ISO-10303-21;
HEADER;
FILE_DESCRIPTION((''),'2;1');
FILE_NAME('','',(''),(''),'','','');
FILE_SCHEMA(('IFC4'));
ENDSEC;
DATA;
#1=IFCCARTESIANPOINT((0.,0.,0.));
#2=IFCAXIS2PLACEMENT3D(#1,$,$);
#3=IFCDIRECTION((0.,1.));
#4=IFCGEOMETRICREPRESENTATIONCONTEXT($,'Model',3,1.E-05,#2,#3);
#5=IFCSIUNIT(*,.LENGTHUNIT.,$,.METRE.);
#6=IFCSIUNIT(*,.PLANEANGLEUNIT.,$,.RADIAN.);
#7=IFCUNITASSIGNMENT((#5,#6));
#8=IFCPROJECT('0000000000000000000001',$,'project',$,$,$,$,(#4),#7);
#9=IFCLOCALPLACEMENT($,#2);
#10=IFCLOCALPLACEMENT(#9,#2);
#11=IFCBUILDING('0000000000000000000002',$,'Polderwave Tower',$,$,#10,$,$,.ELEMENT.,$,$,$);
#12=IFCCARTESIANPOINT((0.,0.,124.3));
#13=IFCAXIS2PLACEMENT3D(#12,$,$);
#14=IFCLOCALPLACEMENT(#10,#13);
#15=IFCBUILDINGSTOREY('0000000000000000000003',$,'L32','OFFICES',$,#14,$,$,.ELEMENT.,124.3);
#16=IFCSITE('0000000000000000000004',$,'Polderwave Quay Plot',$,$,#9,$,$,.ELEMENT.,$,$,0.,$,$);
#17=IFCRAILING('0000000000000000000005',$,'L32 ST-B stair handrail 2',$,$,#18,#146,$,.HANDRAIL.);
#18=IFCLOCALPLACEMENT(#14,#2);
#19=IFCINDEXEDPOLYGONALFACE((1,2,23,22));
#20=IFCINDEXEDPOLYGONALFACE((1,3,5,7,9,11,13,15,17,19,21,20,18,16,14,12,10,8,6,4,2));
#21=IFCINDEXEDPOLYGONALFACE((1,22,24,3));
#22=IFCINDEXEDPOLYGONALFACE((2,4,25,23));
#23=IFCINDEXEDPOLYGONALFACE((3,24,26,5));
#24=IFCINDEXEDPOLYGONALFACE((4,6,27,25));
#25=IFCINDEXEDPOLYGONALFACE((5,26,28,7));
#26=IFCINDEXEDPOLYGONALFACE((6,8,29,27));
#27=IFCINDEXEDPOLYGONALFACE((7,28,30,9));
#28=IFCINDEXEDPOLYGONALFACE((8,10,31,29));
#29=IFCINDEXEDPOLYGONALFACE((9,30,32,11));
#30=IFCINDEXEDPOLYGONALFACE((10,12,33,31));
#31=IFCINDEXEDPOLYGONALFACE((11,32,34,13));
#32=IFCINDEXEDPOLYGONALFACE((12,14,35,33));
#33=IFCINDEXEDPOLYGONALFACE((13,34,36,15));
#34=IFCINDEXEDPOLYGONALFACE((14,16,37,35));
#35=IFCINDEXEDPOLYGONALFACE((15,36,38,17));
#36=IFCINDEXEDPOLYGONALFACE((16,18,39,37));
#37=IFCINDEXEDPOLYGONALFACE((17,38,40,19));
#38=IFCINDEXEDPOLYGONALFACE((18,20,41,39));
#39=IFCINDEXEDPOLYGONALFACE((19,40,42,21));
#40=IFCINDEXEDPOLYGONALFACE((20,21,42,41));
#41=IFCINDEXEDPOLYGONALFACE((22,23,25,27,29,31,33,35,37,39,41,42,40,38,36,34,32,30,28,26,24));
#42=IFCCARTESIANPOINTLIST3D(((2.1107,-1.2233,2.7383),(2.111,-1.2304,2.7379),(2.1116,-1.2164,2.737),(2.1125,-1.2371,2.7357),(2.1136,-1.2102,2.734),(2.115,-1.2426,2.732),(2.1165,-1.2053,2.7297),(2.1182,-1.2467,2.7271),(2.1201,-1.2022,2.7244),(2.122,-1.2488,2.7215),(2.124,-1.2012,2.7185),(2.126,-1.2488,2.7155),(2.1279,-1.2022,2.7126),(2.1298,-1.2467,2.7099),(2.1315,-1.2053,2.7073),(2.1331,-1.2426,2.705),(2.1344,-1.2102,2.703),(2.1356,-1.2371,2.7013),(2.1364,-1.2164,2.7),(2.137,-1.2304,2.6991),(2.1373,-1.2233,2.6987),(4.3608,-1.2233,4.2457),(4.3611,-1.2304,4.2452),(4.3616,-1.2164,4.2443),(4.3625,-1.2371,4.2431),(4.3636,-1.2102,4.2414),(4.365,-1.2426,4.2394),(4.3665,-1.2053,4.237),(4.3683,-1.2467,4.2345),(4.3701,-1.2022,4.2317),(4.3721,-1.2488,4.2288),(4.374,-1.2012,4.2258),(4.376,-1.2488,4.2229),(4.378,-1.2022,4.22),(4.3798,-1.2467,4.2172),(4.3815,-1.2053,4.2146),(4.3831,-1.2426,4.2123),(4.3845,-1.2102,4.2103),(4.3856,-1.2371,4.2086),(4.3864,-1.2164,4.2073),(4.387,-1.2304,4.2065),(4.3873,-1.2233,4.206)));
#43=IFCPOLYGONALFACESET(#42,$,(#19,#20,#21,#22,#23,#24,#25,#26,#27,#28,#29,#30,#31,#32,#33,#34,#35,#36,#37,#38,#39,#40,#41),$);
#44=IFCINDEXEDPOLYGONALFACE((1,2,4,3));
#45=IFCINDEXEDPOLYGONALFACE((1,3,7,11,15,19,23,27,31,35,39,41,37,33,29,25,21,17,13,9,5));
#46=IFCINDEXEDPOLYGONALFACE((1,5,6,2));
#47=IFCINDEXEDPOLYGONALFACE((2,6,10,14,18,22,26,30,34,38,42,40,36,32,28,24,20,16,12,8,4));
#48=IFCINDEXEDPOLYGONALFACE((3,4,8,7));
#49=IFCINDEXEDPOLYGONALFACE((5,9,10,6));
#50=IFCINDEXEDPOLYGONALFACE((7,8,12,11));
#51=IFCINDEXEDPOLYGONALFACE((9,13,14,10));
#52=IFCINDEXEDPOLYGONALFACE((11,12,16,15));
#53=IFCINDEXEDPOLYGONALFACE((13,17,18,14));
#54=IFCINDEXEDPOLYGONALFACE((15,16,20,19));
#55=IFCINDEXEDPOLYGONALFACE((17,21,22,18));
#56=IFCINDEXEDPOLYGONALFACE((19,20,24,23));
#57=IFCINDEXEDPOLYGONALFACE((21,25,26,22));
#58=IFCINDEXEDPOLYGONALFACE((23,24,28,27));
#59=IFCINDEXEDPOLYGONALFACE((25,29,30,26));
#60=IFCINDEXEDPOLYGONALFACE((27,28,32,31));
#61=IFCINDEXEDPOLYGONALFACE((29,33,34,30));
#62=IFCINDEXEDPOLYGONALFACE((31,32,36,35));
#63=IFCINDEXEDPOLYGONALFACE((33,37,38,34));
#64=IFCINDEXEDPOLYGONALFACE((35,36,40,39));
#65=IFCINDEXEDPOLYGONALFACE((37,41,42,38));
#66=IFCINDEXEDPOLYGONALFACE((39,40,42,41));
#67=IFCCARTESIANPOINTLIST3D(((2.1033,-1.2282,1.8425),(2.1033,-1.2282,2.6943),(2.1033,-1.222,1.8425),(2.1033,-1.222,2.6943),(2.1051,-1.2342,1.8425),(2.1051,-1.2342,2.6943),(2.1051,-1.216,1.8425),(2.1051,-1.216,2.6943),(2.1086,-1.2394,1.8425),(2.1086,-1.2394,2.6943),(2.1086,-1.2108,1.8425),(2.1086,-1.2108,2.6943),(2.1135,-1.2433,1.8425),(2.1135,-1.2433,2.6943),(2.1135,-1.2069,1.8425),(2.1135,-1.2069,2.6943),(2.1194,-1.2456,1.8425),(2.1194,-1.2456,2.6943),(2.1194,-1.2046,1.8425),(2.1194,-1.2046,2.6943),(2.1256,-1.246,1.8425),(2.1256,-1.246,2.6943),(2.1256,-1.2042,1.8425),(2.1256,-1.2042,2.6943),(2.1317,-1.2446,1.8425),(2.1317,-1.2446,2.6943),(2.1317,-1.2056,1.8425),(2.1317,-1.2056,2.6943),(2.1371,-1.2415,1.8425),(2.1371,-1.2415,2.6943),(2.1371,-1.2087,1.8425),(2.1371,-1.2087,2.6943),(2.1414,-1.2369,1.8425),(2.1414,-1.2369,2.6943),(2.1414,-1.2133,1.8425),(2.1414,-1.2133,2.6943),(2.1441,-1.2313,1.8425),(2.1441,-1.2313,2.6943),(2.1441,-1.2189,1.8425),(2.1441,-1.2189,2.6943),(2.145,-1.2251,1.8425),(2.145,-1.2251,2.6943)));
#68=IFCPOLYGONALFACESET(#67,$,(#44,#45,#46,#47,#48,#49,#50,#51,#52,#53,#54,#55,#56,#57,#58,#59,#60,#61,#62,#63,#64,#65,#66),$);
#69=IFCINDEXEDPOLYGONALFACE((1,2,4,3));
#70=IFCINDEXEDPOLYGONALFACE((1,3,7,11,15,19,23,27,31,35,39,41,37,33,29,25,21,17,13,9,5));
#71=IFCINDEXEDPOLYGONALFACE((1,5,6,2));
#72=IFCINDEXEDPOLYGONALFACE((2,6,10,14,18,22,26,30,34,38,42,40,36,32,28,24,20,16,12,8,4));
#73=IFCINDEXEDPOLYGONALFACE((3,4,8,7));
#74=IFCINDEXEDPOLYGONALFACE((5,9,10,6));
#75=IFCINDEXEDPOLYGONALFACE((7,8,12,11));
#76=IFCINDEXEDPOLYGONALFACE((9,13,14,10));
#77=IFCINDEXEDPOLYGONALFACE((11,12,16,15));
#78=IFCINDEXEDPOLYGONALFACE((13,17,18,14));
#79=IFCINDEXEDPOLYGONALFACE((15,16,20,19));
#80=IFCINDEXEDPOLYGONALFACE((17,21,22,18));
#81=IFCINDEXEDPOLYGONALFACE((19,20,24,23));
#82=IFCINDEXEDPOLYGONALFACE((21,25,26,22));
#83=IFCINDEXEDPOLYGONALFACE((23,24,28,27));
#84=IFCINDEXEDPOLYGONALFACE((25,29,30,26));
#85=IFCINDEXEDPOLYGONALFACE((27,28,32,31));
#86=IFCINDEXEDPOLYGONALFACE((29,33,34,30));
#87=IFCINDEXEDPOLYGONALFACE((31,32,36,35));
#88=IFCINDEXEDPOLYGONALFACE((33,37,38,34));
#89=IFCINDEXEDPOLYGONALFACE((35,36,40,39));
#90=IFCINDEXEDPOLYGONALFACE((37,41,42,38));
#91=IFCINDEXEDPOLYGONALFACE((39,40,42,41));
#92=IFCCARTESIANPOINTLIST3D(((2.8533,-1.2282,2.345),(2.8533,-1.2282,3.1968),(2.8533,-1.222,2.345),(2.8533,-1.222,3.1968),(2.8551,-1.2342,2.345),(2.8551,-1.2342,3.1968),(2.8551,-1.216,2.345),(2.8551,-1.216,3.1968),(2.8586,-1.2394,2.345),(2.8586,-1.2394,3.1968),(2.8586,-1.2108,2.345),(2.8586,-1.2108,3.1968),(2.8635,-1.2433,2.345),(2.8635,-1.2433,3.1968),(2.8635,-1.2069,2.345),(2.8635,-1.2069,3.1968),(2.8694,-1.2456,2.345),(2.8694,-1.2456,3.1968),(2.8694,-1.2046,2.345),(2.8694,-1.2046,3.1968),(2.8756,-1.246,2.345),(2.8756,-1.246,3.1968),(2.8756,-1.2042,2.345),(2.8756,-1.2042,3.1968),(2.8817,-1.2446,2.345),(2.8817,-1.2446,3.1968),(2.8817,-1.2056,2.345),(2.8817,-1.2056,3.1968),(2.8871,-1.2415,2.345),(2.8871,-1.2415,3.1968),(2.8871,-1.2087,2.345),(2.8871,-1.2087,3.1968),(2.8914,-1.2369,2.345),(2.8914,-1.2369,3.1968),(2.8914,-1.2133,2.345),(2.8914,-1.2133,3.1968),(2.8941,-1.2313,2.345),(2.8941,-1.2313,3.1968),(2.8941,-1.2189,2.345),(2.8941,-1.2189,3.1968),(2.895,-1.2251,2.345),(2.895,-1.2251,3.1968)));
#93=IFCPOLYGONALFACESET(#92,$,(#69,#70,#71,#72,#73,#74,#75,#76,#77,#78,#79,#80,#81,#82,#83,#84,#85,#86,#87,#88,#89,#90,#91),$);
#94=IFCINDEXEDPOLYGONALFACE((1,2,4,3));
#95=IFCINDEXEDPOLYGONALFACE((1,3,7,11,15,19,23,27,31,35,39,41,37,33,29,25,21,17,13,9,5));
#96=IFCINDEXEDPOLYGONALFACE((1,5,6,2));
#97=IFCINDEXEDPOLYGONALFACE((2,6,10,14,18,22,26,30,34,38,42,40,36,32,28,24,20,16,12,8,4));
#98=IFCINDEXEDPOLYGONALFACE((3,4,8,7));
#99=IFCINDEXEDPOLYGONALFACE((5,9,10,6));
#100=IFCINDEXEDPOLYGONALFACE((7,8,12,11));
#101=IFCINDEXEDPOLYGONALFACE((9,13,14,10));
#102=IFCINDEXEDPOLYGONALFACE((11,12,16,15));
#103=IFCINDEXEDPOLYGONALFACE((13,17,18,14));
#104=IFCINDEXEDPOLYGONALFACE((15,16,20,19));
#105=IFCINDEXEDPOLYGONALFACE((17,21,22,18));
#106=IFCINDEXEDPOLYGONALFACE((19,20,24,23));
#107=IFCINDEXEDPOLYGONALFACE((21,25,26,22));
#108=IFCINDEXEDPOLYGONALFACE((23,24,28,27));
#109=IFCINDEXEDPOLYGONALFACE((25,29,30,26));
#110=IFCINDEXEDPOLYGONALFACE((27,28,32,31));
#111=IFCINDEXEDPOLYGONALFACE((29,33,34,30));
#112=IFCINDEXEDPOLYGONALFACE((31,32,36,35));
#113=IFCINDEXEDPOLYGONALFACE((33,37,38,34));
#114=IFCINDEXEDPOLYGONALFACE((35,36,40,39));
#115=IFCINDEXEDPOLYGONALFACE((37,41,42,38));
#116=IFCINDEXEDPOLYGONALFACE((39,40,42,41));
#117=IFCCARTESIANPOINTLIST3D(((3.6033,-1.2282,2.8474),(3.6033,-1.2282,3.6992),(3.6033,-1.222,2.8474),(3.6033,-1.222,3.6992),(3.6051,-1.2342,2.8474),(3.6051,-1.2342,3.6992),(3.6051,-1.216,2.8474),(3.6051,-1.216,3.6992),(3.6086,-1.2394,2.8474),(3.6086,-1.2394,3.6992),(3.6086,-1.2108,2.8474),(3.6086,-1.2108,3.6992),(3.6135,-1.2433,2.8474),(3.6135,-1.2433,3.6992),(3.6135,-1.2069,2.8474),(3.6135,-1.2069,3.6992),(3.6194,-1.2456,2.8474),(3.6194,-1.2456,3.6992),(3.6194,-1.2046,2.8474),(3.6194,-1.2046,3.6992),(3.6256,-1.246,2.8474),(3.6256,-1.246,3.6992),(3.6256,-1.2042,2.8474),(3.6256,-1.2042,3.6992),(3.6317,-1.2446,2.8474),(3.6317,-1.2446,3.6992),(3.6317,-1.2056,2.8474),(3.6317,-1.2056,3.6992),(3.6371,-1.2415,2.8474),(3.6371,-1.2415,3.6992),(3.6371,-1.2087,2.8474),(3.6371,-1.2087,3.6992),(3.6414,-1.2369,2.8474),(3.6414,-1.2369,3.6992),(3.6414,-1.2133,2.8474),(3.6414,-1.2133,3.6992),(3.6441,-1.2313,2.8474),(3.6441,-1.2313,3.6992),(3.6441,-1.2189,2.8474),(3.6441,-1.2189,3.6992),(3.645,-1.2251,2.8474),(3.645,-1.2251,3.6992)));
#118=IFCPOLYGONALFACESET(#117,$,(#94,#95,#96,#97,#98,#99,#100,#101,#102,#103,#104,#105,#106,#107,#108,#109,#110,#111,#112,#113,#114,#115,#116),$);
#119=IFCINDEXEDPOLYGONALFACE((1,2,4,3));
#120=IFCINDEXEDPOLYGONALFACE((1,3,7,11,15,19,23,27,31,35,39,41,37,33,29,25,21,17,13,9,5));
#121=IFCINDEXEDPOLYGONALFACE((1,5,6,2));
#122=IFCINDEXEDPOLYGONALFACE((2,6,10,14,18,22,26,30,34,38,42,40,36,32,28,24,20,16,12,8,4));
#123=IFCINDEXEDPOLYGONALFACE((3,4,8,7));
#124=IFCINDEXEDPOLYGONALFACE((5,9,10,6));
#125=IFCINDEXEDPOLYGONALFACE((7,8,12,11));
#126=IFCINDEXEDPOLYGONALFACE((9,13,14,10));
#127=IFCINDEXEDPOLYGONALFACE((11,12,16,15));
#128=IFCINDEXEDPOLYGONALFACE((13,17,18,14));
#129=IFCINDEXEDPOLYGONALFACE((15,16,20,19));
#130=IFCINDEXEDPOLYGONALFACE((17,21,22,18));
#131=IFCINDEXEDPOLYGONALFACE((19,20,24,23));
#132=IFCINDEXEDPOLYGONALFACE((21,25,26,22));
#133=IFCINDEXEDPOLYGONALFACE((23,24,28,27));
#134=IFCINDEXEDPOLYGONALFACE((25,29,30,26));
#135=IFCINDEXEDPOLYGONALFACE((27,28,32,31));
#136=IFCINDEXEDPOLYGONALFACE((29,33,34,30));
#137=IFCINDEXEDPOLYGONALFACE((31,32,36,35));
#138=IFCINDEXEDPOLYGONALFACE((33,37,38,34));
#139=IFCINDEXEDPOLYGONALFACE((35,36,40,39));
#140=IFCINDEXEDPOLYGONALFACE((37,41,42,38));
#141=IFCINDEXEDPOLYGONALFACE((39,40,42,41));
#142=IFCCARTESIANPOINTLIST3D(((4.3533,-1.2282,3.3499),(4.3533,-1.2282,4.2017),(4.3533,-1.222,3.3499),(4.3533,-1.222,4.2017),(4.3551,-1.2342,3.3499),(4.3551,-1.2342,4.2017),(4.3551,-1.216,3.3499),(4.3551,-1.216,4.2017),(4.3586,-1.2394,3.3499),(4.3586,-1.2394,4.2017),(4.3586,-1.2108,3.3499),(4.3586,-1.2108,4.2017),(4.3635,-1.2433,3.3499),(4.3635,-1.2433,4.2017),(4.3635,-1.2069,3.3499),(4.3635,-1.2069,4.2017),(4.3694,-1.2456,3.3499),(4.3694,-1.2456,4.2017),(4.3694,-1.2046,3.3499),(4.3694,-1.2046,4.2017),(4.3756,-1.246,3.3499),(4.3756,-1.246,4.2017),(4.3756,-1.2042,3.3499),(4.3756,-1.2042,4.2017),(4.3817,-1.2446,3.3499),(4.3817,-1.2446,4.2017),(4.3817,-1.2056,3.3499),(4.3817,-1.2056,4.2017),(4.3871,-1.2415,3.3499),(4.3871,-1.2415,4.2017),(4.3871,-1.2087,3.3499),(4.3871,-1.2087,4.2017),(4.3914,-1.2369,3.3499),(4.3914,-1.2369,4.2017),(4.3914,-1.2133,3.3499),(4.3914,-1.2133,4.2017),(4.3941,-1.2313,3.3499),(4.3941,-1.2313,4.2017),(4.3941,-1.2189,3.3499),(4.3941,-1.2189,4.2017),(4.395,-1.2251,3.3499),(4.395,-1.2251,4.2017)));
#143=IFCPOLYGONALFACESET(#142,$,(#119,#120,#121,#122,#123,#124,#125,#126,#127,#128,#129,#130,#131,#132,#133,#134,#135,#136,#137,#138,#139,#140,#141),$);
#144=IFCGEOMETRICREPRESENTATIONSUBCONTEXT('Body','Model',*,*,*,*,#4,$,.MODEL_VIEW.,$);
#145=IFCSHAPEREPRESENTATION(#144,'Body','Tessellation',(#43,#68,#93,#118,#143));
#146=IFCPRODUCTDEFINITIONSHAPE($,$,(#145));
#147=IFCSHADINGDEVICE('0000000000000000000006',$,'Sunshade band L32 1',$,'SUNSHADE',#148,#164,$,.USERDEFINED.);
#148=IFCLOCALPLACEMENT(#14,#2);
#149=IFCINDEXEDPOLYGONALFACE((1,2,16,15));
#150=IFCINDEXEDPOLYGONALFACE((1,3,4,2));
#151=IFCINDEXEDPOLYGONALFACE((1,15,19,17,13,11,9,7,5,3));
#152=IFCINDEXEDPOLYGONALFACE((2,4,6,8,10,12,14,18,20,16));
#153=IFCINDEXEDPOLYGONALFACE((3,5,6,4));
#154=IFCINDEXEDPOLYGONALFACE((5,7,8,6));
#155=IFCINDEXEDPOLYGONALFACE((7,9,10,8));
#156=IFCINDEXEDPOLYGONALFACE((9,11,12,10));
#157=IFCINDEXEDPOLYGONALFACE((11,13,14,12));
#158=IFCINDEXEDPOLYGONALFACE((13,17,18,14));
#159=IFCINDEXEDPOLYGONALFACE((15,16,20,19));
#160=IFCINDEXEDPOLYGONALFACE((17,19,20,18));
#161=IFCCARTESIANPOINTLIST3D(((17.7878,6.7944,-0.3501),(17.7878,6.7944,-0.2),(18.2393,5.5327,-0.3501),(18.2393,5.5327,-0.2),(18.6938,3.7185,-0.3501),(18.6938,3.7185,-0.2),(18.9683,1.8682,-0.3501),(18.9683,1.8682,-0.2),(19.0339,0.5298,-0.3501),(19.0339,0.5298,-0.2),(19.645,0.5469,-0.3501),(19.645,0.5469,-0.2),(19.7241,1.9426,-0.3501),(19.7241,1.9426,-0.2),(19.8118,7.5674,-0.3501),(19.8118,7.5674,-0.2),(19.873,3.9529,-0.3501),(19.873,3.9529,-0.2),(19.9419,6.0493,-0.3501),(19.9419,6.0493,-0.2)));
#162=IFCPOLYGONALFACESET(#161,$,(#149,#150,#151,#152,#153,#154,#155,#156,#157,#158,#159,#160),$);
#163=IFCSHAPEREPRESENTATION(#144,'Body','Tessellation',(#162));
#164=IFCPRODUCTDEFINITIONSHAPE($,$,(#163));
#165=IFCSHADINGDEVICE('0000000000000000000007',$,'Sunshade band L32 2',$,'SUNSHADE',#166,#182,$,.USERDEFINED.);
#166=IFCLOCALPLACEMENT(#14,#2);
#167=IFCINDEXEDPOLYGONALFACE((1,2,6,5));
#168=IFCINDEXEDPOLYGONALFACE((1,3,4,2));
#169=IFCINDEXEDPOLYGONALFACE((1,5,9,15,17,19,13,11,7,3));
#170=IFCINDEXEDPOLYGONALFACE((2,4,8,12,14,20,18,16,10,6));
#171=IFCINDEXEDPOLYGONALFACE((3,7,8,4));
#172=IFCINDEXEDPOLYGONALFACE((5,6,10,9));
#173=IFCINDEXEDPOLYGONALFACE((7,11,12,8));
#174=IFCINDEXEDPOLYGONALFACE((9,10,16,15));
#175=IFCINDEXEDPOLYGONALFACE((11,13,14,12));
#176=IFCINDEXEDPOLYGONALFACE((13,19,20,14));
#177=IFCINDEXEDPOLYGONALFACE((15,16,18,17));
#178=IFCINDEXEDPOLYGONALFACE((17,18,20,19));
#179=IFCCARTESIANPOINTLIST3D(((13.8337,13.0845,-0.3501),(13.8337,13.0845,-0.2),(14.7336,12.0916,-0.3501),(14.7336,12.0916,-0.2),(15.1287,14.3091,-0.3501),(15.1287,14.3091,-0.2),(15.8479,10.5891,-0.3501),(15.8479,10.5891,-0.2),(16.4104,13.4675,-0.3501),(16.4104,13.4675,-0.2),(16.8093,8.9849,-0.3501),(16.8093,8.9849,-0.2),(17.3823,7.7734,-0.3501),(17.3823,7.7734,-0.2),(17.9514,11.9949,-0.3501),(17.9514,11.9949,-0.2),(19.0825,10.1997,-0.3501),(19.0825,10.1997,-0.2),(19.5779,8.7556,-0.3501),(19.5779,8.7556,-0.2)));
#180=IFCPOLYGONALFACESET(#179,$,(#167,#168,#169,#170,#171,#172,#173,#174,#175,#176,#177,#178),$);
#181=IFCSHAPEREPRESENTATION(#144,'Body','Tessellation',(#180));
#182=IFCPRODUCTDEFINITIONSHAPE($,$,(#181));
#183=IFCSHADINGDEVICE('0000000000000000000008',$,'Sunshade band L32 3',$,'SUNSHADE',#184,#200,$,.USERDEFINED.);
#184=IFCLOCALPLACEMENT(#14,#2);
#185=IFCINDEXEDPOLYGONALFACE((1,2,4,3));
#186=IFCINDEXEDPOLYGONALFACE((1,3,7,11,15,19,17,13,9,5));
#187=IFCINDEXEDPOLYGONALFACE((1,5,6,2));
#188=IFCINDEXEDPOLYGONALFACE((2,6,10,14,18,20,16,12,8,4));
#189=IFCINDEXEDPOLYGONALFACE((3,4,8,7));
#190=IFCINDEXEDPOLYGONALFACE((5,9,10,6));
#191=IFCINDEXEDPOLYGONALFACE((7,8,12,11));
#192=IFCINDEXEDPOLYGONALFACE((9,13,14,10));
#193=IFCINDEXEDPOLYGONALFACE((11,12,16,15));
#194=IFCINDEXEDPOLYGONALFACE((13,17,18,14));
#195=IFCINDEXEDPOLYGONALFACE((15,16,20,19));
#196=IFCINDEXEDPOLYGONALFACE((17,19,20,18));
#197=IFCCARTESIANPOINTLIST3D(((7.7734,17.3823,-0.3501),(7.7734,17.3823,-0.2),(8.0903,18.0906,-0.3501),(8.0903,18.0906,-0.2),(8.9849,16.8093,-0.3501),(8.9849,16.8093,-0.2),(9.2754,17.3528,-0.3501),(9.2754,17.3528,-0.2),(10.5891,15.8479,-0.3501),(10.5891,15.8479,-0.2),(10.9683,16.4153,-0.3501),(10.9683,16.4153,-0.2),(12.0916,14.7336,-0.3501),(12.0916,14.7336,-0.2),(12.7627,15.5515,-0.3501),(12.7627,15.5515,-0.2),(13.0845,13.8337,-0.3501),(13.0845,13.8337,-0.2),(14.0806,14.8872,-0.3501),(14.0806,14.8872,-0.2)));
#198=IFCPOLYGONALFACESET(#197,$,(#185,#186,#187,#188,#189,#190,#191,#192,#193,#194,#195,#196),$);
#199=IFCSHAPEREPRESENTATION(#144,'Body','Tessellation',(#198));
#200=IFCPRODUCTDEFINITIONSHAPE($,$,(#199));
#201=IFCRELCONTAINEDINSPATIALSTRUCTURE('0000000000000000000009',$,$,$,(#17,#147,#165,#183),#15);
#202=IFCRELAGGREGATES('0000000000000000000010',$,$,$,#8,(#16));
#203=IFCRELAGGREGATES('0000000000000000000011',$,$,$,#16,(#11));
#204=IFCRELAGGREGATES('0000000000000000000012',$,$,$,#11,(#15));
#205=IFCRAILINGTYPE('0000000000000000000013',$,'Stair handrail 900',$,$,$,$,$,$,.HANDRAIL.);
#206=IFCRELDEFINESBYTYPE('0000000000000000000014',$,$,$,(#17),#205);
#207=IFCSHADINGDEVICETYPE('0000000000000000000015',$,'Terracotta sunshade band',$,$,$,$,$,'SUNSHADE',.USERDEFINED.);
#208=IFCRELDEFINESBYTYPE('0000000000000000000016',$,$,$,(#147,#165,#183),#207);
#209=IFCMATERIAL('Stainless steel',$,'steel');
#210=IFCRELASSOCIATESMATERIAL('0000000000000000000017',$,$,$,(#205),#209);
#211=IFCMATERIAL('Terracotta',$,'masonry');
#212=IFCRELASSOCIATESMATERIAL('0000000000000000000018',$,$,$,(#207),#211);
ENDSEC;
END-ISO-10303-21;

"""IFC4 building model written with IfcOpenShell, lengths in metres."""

from ifc_helpers import new_model, si_unit, direction, frame, origin, origin_2d, place, context, subcontext, project, spatial, polyline, circle, outline, extrude, material, type_object, element, save


model = new_model("IFC4")

# Units and contexts
model_context = context("Model", 3, precision=1e-05, world=origin(), true_north=direction((0.0, 1.0)))
body_context = subcontext(model_context, "Body", "Model", "MODEL_VIEW")
ifc_project = project(units=[si_unit("LENGTHUNIT", "METRE"), si_unit("PLANEANGLEUNIT", "RADIAN")], contexts=[model_context])

# Site, building, storey
site_placement = place(None, origin())
site = spatial("IfcSite", under=ifc_project, at=site_placement, Name="Polderwave Quay Plot", CompositionType="ELEMENT", RefElevation=0.0)
building_placement = place(site_placement, origin())
building = spatial("IfcBuilding", under=site, at=building_placement, Name="Polderwave Tower", CompositionType="ELEMENT")
storey_placement = place(building_placement, frame((0.0, 0.0, 124.3)))
storey = spatial("IfcBuildingStorey", under=building, at=storey_placement, Name="L32", Description="OFFICES", CompositionType="ELEMENT", Elevation=124.3)

# Railing
ifc_material_1 = material(Name="Stainless steel", Category="steel")
railing_type_1 = type_object("IfcRailingType", Name="Stair handrail 900", PredefinedType="HANDRAIL", material=ifc_material_1)
railing_1_placement = place(storey_placement, frame((2.124, -1.2251, 1.8425)))
element("IfcRailing", 1, at=railing_1_placement, inside=storey, type_object=railing_type_1, Name="L32 ST-B stair handrail 2", PredefinedType="HANDRAIL", context=body_context, shape_type="SweptSolid", body=[
    extrude(circle(Radius=0.0239, at=origin_2d()), frame((0.0, 0.0, 0.876), z_axis=(0.8308, 0.0, 0.556571), x_axis=(0.0, 1.0, 0.0)), (0.0, 0.0, 1.0), 2.7083),
    extrude(circle(Radius=0.021, at=origin_2d()), origin(), (0.0, 0.0, 1.0), 0.8518),
    extrude(circle(Radius=0.021, at=origin_2d()), frame((0.75, 0.0, 0.5024)), (0.0, 0.0, 1.0), 0.8518),
    extrude(circle(Radius=0.021, at=origin_2d()), frame((1.5, 0.0, 1.0049)), (0.0, 0.0, 1.0), 0.8518),
    extrude(circle(Radius=0.021, at=origin_2d()), frame((2.25, 0.0, 1.5073)), (0.0, 0.0, 1.0), 0.8518),
])

# Shading devices
ifc_material_2 = material(Name="Terracotta", Category="masonry")
shading_device_type = type_object("IfcShadingDeviceType", Name="Terracotta sunshade band", ElementType="SUNSHADE", PredefinedType="USERDEFINED", material=ifc_material_2)
shading_device_1_placement = place(storey_placement, frame((0.0, 0.0, -0.3501)))
element("IfcShadingDevice", 2, at=shading_device_1_placement, inside=storey, type_object=shading_device_type, Name="Sunshade band L32 1", ObjectType="SUNSHADE", PredefinedType="USERDEFINED", context=body_context, shape_type="SweptSolid", body=[
    extrude(outline(polyline([(19.0339, 0.5298), (18.9683, 1.8682), (18.6938, 3.7185), (18.2393, 5.5327), (17.7878, 6.7944), (19.8118, 7.5674), (19.9419, 6.0493), (19.873, 3.9529), (19.7241, 1.9426), (19.645, 0.5469), (19.0339, 0.5298)])), origin(), (0.0, 0.0, 1.0), 0.1501),
])
shading_device_2_placement = place(storey_placement, frame((0.0, 0.0, -0.3501)))
element("IfcShadingDevice", 3, at=shading_device_2_placement, inside=storey, type_object=shading_device_type, Name="Sunshade band L32 2", ObjectType="SUNSHADE", PredefinedType="USERDEFINED", context=body_context, shape_type="SweptSolid", body=[
    extrude(outline(polyline([(17.3823, 7.7734), (16.8093, 8.9849), (15.8479, 10.5891), (14.7336, 12.0916), (13.8337, 13.0845), (15.1287, 14.3091), (16.4104, 13.4675), (17.9514, 11.9949), (19.0825, 10.1997), (19.5779, 8.7556), (17.3823, 7.7734)])), origin(), (0.0, 0.0, 1.0), 0.1501),
])
shading_device_3_placement = place(storey_placement, frame((0.0, 0.0, -0.3501)))
element("IfcShadingDevice", 4, at=shading_device_3_placement, inside=storey, type_object=shading_device_type, Name="Sunshade band L32 3", ObjectType="SUNSHADE", PredefinedType="USERDEFINED", context=body_context, shape_type="SweptSolid", body=[
    extrude(outline(polyline([(13.0845, 13.8337), (12.0916, 14.7336), (10.5891, 15.8479), (8.9849, 16.8093), (7.7734, 17.3823), (8.0903, 18.0906), (9.2754, 17.3528), (10.9683, 16.4153), (12.7627, 15.5515), (14.0806, 14.8872), (13.0845, 13.8337)])), origin(), (0.0, 0.0, 1.0), 0.1501),
])

save(model, "model.ifc")
